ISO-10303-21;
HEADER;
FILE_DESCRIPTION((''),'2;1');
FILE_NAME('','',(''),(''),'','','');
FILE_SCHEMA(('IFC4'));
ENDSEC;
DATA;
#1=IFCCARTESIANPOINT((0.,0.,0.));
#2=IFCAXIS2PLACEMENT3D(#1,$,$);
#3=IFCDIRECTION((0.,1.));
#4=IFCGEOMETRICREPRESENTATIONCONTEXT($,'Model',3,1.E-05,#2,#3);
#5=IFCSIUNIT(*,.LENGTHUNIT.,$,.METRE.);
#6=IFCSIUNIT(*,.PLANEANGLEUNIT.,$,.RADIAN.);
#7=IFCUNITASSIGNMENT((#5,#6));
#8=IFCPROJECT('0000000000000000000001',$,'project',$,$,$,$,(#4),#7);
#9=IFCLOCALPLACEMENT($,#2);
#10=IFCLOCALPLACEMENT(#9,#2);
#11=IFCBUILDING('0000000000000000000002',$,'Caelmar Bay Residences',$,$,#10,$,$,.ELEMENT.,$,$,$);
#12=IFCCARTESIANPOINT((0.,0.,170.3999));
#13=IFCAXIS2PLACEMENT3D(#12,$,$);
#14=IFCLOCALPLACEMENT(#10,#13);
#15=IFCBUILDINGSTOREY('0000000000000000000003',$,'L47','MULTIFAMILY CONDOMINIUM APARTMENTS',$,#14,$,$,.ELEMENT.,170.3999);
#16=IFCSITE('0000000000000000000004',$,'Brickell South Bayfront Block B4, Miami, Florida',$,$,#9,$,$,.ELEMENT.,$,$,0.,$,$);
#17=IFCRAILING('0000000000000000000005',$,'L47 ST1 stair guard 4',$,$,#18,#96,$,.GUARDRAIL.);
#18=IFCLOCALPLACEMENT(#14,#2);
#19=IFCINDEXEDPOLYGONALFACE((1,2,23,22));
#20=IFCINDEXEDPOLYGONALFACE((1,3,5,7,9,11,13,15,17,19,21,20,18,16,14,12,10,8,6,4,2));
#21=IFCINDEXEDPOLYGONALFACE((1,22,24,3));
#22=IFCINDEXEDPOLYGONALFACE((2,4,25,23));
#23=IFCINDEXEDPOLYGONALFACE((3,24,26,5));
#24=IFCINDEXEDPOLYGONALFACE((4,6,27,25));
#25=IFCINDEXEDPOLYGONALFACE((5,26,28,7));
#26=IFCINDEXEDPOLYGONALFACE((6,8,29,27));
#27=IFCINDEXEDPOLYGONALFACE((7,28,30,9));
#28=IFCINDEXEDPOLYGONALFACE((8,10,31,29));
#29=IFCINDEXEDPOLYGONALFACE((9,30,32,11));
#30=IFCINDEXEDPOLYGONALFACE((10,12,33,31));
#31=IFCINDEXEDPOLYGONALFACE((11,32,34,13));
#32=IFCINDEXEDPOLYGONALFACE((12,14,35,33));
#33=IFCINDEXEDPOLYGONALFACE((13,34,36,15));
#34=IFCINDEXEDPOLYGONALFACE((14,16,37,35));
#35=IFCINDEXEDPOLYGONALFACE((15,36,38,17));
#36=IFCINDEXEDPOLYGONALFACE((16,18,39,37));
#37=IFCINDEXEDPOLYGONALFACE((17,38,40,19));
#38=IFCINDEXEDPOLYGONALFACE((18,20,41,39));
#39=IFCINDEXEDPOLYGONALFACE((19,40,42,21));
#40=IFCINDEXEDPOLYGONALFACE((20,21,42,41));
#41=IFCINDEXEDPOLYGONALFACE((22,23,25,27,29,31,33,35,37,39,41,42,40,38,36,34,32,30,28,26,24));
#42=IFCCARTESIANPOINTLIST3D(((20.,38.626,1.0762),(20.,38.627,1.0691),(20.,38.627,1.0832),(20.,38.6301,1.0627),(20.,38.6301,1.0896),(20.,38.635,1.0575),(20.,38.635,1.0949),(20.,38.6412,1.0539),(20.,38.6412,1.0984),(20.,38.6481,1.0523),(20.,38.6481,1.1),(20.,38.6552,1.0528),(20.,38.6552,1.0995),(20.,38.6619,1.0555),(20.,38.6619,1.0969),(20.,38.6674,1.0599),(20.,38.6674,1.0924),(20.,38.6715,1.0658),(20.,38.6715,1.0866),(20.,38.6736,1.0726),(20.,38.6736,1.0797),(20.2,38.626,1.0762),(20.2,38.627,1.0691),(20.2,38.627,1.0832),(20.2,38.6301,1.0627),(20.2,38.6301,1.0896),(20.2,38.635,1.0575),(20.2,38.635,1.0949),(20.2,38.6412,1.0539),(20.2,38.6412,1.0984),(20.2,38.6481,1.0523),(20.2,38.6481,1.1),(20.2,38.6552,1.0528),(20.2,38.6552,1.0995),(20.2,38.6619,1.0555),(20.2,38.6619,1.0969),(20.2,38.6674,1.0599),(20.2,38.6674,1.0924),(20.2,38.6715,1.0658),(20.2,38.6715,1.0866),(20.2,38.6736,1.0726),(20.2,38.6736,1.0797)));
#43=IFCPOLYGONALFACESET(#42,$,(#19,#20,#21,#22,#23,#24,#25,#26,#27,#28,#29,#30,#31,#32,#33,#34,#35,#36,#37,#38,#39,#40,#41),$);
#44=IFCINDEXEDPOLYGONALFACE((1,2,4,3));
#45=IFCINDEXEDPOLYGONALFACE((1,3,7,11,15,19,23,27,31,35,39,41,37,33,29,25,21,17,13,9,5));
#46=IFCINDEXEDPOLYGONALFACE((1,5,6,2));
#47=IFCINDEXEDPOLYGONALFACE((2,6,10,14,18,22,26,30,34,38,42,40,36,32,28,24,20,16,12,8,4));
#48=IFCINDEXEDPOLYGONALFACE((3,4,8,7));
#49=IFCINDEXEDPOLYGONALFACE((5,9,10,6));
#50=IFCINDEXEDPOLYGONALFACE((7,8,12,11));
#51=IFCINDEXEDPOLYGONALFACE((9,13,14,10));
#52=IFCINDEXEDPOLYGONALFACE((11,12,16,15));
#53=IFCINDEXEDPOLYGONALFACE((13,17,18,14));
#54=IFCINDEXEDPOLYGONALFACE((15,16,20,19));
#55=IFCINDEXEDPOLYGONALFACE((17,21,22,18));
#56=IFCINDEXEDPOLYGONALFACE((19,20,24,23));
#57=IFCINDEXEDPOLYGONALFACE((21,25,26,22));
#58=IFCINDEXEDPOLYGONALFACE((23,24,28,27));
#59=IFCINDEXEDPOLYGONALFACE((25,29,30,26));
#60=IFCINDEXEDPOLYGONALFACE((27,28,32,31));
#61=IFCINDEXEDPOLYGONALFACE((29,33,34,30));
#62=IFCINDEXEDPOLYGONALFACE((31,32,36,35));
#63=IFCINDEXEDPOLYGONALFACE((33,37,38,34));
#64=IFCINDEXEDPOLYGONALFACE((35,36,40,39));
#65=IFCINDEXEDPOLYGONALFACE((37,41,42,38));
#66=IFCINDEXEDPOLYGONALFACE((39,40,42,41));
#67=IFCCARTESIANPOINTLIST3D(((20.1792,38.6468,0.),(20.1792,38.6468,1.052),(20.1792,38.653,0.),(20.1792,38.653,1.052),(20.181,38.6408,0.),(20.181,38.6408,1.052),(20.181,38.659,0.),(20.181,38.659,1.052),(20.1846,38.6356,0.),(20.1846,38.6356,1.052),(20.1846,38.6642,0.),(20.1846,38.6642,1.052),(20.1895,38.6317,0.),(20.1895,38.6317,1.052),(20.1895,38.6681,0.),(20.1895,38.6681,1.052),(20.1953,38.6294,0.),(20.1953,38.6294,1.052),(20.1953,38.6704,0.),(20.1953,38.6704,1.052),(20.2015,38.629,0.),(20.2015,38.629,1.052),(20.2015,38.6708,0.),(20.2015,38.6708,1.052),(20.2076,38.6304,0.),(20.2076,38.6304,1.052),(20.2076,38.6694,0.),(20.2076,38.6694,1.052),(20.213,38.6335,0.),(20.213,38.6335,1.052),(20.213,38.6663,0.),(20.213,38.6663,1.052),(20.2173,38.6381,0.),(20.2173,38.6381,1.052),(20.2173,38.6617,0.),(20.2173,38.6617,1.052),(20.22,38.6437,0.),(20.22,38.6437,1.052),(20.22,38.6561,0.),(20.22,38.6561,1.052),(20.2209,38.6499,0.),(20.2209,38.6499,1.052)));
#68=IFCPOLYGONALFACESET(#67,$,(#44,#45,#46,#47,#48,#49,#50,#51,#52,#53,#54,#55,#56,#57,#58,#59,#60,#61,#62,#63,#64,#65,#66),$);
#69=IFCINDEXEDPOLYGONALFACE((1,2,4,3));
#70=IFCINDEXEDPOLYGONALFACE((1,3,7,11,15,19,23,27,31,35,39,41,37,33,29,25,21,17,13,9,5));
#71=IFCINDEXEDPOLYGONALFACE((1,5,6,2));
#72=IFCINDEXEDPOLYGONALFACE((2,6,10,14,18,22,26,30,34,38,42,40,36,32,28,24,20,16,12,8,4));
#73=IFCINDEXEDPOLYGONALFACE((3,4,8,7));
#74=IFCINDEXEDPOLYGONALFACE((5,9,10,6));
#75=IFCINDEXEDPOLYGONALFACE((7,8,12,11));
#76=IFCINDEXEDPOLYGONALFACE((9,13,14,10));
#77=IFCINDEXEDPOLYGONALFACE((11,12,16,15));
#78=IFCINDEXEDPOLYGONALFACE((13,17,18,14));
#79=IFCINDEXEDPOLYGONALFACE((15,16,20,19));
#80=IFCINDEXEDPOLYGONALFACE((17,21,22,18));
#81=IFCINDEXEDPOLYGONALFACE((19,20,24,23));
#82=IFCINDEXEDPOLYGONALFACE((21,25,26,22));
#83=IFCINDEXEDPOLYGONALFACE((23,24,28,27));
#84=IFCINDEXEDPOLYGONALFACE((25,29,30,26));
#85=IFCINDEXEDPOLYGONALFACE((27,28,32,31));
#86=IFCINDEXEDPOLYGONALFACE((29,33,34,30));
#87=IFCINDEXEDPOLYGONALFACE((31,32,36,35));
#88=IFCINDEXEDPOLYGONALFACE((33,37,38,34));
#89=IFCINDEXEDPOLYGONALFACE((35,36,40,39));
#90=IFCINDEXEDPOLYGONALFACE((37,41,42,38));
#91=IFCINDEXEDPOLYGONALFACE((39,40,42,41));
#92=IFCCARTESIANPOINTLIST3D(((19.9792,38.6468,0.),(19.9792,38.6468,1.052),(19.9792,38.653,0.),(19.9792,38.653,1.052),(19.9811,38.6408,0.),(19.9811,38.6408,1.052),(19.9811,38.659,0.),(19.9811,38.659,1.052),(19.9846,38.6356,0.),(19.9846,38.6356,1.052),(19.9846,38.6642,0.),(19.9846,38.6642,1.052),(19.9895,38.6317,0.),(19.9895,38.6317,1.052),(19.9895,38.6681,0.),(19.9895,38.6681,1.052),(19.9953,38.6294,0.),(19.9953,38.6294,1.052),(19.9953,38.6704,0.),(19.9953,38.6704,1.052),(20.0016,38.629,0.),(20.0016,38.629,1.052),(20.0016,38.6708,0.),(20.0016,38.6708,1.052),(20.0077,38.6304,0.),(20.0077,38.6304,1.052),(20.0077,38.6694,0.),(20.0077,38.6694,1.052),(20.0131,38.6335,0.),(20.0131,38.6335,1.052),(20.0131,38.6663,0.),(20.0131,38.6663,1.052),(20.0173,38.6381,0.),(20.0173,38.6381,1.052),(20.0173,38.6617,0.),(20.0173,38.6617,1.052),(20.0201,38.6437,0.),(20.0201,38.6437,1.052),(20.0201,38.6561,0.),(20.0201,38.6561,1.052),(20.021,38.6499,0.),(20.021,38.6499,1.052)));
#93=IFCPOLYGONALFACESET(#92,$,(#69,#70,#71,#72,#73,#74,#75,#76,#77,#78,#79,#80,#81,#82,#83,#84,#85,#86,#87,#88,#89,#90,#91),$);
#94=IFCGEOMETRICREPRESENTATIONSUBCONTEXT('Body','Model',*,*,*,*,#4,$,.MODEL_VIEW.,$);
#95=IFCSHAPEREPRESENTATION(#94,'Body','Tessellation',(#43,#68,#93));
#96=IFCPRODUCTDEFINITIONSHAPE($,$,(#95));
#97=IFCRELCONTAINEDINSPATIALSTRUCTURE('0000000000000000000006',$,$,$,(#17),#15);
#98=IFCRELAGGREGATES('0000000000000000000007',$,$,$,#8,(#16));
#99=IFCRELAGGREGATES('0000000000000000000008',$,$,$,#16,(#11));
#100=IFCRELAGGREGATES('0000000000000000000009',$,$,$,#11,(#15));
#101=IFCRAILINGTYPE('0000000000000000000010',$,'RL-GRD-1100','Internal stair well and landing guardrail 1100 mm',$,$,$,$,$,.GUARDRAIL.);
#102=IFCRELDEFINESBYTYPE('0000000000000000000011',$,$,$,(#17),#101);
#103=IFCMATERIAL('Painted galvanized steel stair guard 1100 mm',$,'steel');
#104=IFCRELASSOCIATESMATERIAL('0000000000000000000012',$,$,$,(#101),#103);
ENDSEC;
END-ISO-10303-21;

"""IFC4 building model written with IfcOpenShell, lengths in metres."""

from ifc_helpers import new_model, si_unit, direction, frame, origin, origin_2d, place, context, subcontext, project, spatial, circle, extrude, material, type_object, element, save


model = new_model("IFC4")

# Units and contexts
model_context = context("Model", 3, precision=1e-05, world=origin(), true_north=direction((0.0, 1.0)))
body_context = subcontext(model_context, "Body", "Model", "MODEL_VIEW")
ifc_project = project(units=[si_unit("LENGTHUNIT", "METRE"), si_unit("PLANEANGLEUNIT", "RADIAN")], contexts=[model_context])

# Site, building, storey
site_placement = place(None, origin())
site = spatial("IfcSite", under=ifc_project, at=site_placement, Name="Brickell South Bayfront Block B4, Miami, Florida", CompositionType="ELEMENT", RefElevation=0.0)
building_placement = place(site_placement, origin())
building = spatial("IfcBuilding", under=site, at=building_placement, Name="Caelmar Bay Residences", CompositionType="ELEMENT")
storey_placement = place(building_placement, frame((0.0, 0.0, 170.3999)))
storey = spatial("IfcBuildingStorey", under=building, at=storey_placement, Name="L47", Description="MULTIFAMILY CONDOMINIUM APARTMENTS", CompositionType="ELEMENT", Elevation=170.3999)

# Railing
ifc_material_1 = material(Name="Painted galvanized steel stair guard 1100 mm", Category="steel")
railing_type_1 = type_object("IfcRailingType", Name="RL-GRD-1100", Description="Internal stair well and landing guardrail 1100 mm", PredefinedType="GUARDRAIL", material=ifc_material_1)
railing_1_placement = place(storey_placement, frame((20.2, 38.6499, 0.0)))
element("IfcRailing", 1, at=railing_1_placement, inside=storey, type_object=railing_type_1, Name="L47 ST1 stair guard 4", PredefinedType="GUARDRAIL", context=body_context, shape_type="SweptSolid", body=[
    extrude(circle(Radius=0.0239, at=origin_2d()), frame((0.0, 0.0, 1.0762), z_axis=(-1.0, 0.0, 0.0), x_axis=(0.0, -1.0, 0.0)), (0.0, 0.0, 1.0), 0.2),
    extrude(circle(Radius=0.021, at=origin_2d()), origin(), (0.0, 0.0, 1.0), 1.052),
    extrude(circle(Radius=0.021, at=origin_2d()), frame((-0.2, 0.0, 0.0)), (0.0, 0.0, 1.0), 1.052),
])

save(model, "model.ifc")
